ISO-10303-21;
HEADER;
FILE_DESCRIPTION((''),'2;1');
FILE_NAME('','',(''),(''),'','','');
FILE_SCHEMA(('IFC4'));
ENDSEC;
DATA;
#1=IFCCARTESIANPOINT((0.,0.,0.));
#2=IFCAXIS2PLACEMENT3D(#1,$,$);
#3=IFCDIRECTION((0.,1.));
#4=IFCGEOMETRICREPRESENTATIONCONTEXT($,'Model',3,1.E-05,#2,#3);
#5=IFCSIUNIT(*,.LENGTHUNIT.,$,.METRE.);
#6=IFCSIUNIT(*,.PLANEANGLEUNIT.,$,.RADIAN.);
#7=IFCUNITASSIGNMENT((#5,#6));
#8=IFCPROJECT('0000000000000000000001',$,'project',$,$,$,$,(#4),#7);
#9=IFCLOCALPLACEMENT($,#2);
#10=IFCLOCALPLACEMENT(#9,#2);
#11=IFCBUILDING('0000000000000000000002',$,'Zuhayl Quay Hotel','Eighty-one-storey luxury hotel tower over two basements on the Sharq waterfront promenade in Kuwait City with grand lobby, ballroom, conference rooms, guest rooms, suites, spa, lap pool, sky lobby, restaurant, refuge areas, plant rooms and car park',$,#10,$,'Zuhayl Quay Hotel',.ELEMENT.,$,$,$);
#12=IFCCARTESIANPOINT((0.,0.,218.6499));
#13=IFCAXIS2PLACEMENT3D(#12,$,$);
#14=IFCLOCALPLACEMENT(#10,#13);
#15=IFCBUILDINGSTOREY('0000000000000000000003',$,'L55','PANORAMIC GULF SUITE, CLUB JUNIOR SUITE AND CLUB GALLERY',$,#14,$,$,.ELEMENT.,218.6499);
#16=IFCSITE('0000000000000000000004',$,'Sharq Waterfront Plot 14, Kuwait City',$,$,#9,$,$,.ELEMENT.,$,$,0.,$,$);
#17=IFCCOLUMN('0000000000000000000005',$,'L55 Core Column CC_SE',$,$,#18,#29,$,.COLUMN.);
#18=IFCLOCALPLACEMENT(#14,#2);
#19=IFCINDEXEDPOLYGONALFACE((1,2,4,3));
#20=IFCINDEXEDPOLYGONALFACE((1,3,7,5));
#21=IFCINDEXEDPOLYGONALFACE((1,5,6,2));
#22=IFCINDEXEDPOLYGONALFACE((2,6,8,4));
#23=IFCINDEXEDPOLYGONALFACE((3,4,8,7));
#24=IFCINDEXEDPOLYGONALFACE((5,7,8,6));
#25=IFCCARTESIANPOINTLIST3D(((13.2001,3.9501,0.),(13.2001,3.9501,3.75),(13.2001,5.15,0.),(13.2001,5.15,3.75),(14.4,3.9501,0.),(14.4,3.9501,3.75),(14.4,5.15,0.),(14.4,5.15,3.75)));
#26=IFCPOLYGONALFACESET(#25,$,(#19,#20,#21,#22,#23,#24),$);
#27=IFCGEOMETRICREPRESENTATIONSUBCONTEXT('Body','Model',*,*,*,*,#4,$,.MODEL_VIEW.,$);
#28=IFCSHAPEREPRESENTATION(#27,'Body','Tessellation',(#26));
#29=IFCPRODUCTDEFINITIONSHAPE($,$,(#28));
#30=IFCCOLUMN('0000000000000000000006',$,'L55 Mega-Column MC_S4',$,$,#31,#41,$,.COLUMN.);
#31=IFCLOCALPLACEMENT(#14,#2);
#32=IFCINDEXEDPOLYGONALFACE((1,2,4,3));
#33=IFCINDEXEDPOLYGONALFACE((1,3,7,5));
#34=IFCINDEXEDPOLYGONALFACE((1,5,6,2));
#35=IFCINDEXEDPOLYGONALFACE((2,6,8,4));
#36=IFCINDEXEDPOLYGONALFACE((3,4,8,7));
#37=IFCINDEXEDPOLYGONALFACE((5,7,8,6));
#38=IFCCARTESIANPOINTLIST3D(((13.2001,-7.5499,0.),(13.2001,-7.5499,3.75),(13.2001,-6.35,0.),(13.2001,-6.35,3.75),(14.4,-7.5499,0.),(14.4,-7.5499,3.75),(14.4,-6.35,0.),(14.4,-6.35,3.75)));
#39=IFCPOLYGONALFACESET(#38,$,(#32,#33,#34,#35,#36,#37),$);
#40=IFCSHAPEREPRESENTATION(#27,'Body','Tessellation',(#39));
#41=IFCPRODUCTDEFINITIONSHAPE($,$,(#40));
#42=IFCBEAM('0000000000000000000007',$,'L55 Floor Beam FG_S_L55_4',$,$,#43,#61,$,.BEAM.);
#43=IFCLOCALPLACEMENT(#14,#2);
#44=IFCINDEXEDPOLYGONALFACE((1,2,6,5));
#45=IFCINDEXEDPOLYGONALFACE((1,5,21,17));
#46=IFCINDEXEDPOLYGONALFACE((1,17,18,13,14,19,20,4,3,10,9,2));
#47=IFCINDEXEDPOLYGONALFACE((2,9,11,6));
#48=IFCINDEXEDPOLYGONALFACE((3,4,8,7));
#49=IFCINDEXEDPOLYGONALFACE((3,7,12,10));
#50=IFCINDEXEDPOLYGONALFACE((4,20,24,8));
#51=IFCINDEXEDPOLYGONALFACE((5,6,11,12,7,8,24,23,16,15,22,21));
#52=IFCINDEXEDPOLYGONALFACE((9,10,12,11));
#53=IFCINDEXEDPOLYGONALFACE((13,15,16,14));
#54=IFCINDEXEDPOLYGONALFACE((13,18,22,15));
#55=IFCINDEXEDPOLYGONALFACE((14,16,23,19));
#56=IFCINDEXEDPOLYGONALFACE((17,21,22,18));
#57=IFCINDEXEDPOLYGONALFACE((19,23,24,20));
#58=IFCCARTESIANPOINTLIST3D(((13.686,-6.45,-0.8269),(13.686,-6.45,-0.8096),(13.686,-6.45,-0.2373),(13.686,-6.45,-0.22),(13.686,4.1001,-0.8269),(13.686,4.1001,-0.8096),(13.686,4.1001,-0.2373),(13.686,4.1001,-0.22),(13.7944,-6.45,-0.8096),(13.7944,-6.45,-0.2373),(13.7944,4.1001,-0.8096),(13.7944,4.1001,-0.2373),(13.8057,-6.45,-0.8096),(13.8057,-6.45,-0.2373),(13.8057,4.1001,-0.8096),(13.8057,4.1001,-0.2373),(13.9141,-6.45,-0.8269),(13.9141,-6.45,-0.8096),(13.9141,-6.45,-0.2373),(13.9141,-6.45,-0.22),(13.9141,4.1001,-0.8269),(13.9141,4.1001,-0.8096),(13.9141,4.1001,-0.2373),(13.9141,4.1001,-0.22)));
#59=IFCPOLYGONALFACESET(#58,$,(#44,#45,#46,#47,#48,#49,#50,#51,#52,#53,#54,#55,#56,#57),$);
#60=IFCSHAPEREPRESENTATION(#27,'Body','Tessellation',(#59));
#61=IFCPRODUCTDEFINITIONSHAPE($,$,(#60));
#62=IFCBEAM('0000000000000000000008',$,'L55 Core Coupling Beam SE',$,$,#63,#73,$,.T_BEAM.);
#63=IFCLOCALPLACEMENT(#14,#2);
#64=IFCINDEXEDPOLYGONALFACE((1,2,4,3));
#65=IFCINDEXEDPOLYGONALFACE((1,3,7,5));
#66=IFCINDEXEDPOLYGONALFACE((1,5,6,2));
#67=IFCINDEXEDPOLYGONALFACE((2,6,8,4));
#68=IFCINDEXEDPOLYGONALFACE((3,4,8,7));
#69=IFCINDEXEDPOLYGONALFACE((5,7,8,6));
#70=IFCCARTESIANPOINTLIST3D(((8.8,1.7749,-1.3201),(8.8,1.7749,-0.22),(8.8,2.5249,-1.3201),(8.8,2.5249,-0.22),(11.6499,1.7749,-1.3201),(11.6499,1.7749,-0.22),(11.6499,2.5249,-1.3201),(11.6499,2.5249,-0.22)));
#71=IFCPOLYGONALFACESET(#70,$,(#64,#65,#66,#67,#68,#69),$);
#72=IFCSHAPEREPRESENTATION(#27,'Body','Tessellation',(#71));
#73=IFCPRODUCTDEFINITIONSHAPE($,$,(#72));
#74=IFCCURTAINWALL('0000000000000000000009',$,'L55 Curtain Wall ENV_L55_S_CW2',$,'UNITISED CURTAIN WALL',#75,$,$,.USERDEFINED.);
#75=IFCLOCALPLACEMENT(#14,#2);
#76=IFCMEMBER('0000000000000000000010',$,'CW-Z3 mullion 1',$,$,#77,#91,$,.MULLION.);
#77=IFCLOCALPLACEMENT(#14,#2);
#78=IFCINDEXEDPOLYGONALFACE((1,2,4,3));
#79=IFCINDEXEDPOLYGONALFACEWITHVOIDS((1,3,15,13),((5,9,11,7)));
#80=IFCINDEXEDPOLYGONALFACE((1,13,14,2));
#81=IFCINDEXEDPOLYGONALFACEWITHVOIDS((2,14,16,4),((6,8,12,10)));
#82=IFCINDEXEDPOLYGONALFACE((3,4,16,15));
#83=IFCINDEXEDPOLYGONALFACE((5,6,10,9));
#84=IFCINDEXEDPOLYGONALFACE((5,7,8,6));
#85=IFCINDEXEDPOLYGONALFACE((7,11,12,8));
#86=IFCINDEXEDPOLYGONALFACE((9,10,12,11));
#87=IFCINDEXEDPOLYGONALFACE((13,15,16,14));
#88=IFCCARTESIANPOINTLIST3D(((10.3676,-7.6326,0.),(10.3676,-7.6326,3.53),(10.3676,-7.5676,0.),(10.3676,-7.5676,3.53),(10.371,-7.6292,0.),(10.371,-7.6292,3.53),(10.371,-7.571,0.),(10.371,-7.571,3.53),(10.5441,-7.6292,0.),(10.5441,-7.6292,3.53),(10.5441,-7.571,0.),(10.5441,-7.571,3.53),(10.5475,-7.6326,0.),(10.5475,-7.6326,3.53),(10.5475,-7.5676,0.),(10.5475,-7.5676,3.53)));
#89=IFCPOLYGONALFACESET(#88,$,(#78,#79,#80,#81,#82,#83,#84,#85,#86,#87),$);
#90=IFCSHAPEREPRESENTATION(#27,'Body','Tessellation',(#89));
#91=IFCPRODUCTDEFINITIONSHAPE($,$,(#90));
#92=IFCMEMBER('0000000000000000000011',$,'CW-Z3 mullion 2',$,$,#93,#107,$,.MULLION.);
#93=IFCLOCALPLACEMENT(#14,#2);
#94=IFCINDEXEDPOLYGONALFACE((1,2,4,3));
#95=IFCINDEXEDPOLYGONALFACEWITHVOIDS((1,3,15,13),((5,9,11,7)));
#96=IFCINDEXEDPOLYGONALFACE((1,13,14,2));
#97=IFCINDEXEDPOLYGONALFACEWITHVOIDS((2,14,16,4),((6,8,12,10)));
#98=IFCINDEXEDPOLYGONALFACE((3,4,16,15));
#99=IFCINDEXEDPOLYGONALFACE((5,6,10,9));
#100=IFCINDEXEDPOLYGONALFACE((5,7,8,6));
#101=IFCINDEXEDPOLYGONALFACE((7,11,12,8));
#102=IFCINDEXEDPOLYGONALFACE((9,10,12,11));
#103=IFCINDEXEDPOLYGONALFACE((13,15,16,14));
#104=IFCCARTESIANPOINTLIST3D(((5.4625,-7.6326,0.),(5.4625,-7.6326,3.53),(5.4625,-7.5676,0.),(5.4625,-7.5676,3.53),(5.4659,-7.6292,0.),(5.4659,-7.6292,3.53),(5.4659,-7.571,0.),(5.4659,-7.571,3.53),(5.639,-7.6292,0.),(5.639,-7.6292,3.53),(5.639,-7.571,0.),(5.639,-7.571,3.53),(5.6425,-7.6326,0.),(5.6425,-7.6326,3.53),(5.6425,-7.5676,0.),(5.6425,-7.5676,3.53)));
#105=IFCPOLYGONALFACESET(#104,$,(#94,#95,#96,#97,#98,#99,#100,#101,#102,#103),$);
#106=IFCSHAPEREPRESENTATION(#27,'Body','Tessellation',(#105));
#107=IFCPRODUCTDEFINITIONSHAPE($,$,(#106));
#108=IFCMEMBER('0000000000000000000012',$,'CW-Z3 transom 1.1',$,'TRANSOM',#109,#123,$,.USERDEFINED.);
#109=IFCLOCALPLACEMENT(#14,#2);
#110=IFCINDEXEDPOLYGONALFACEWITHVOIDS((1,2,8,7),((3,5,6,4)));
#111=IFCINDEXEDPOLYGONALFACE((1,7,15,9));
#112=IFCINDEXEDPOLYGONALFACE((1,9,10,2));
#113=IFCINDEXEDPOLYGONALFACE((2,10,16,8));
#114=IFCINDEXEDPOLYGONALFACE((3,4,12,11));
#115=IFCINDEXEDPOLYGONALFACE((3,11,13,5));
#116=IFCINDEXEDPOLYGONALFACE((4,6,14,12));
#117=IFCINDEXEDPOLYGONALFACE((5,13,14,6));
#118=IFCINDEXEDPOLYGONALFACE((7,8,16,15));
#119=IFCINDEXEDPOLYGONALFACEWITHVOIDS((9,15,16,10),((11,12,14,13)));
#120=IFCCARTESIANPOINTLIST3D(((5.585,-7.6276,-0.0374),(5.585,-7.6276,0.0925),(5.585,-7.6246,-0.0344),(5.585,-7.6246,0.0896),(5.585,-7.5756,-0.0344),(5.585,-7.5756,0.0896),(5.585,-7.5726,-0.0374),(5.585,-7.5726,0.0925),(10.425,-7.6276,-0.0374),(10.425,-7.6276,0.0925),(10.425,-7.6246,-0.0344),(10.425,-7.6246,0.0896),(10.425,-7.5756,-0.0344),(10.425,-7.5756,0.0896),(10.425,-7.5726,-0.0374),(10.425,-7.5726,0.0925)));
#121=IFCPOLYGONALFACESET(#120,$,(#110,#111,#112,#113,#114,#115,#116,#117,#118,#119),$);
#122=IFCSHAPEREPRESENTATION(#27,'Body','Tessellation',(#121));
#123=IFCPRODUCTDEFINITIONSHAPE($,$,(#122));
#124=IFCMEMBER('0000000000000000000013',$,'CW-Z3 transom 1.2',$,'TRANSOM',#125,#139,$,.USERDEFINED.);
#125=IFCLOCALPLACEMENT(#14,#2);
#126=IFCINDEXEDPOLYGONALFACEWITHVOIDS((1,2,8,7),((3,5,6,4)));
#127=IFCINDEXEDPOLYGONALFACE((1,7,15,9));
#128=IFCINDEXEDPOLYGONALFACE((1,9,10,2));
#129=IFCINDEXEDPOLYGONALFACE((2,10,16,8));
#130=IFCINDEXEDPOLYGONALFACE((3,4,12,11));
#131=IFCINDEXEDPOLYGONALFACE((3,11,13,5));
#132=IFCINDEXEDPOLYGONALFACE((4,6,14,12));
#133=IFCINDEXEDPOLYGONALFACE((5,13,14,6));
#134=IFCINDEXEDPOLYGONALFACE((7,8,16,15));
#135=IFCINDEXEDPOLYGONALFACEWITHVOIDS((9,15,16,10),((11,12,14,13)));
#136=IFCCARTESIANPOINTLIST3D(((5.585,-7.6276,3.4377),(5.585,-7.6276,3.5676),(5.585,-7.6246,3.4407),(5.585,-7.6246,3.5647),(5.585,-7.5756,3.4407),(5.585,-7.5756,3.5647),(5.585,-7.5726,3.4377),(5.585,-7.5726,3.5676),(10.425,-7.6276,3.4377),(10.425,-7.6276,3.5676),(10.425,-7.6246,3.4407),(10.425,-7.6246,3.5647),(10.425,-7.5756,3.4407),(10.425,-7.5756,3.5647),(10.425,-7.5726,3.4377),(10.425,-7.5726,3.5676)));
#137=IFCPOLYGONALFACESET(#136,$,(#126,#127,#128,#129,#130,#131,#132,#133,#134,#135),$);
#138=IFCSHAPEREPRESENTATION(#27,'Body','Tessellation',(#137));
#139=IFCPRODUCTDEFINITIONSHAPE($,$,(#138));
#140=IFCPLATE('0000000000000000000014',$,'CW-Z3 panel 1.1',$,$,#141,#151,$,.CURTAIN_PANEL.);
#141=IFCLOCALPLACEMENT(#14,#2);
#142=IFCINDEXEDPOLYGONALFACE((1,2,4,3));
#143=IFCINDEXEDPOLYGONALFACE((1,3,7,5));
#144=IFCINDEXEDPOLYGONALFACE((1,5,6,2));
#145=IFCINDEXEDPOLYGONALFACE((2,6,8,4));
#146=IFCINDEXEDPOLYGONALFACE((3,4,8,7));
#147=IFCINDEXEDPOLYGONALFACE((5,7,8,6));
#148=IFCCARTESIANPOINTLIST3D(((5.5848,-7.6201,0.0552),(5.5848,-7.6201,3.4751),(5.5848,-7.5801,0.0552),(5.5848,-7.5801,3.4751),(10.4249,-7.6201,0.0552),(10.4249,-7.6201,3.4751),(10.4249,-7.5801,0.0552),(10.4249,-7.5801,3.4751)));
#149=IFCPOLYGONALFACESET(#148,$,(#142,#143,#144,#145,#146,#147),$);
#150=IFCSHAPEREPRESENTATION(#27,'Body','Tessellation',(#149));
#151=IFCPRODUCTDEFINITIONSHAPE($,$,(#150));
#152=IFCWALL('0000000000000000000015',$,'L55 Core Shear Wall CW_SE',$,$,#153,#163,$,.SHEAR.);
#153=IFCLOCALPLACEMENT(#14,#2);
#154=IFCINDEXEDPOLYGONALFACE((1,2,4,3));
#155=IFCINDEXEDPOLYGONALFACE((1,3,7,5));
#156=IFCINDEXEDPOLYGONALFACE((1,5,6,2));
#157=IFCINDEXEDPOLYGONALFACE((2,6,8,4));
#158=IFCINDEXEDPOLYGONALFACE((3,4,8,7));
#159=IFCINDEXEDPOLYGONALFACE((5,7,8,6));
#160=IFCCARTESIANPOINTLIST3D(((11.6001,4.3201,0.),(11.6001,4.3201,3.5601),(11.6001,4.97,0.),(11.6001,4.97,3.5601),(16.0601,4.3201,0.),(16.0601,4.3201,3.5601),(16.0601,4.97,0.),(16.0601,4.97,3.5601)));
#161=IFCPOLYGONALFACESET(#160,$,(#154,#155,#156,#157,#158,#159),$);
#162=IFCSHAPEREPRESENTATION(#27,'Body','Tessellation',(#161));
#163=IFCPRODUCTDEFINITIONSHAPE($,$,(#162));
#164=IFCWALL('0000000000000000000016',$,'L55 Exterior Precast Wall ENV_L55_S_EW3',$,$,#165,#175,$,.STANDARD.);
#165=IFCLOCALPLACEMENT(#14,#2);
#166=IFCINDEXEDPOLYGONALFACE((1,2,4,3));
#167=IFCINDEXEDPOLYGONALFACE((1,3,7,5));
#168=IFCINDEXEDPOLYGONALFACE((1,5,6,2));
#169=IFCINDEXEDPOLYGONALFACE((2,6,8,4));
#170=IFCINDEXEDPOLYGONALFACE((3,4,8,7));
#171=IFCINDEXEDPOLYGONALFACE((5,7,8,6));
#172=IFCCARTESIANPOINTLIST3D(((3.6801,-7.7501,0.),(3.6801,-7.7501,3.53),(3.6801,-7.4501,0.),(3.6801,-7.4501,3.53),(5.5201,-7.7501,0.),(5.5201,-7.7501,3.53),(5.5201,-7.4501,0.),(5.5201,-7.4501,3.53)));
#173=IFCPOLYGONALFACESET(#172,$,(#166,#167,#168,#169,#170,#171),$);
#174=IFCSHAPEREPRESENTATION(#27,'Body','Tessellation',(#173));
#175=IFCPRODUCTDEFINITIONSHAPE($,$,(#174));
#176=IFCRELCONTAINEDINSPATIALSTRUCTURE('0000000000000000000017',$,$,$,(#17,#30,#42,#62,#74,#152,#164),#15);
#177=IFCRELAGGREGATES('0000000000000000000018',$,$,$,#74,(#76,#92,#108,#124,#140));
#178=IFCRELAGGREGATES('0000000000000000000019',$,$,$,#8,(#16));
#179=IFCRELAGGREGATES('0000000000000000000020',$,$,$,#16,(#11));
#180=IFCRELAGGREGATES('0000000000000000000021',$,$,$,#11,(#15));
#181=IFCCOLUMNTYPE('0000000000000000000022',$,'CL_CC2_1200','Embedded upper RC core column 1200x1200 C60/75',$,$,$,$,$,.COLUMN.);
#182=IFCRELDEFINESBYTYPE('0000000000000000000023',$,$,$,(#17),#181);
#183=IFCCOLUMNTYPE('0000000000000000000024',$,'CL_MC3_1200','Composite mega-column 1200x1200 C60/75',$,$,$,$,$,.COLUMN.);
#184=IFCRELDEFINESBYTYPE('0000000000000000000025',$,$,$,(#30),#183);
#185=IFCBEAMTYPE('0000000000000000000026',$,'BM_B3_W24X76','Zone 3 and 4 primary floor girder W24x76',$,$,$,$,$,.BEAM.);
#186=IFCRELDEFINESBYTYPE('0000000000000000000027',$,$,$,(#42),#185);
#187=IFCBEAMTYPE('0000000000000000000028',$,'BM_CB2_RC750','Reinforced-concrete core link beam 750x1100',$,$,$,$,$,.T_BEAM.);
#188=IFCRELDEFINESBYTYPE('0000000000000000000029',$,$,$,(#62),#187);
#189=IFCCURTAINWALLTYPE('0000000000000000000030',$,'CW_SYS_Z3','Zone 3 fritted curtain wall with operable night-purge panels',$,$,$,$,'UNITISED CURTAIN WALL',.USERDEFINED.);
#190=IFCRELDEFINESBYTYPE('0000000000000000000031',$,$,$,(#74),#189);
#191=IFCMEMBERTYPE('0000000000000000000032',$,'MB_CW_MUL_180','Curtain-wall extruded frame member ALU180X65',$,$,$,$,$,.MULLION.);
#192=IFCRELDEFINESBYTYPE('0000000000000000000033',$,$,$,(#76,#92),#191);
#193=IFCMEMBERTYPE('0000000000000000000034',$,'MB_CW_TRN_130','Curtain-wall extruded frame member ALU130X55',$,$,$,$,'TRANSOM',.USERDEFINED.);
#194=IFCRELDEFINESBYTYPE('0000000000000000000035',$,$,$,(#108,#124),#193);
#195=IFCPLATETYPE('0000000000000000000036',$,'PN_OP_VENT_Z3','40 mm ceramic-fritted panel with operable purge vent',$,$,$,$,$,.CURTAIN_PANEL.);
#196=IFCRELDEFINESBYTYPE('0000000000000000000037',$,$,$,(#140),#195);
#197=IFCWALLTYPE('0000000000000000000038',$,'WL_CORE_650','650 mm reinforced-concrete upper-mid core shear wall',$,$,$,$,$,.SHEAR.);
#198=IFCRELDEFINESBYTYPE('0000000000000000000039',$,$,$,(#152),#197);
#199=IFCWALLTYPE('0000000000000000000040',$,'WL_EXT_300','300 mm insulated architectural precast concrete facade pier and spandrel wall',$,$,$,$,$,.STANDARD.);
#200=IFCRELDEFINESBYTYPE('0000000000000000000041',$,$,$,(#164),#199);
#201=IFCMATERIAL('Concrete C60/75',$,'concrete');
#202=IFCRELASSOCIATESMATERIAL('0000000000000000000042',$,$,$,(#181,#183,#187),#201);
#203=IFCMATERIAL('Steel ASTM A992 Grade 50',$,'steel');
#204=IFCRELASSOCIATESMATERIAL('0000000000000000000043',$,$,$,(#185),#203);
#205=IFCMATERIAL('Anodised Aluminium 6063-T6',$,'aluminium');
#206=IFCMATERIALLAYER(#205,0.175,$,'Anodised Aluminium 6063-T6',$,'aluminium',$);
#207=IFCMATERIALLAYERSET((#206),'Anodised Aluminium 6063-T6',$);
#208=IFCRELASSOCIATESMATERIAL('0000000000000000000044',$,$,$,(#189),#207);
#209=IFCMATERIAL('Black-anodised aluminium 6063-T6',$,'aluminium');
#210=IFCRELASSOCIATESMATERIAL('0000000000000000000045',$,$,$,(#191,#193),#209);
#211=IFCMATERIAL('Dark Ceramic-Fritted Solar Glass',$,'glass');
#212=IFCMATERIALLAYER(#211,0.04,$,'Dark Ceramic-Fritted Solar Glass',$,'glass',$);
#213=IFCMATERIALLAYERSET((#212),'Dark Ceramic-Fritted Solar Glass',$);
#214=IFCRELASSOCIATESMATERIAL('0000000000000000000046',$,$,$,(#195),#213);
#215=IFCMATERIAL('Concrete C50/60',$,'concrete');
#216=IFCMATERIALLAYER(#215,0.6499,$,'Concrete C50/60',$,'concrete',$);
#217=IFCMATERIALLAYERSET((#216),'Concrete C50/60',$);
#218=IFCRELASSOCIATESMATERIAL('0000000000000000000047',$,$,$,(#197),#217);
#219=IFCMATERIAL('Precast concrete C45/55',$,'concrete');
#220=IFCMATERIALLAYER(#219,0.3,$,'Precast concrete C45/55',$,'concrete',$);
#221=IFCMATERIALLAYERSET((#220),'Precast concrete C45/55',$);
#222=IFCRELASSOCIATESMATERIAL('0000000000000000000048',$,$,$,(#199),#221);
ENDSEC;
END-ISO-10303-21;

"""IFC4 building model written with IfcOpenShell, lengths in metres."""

from ifc_helpers import new_model, si_unit, direction, frame, frame_2d, origin, origin_2d, place, context, subcontext, project, spatial, rectangle, hollow_rectangle, i_section, extrude, material, layer, layer_set, material_profile, profile_set, type_object, element, aggregate, save


model = new_model("IFC4")

# Units and contexts
model_context = context("Model", 3, precision=1e-05, world=origin(), true_north=direction((0.0, 1.0)))
body_context = subcontext(model_context, "Body", "Model", "MODEL_VIEW")
ifc_project = project(units=[si_unit("LENGTHUNIT", "METRE"), si_unit("PLANEANGLEUNIT", "RADIAN")], contexts=[model_context])

# Site, building, storey
site_placement = place(None, origin())
site = spatial("IfcSite", under=ifc_project, at=site_placement, Name="Sharq Waterfront Plot 14, Kuwait City", CompositionType="ELEMENT", RefElevation=0.0)
building_placement = place(site_placement, origin())
building = spatial("IfcBuilding", under=site, at=building_placement, Name="Zuhayl Quay Hotel", Description="Eighty-one-storey luxury hotel tower over two basements on the Sharq waterfront promenade in Kuwait City with grand lobby, ballroom, conference rooms, guest rooms, suites, spa, lap pool, sky lobby, restaurant, refuge areas, plant rooms and car park", LongName="Zuhayl Quay Hotel", CompositionType="ELEMENT")
storey_placement = place(building_placement, frame((0.0, 0.0, 218.6499)))
storey = spatial("IfcBuildingStorey", under=building, at=storey_placement, Name="L55", Description="PANORAMIC GULF SUITE, CLUB JUNIOR SUITE AND CLUB GALLERY", CompositionType="ELEMENT", Elevation=218.6499)

# Columns
ifc_material_1 = material(Name="Concrete C60/75", Category="concrete")
ifc_material_profile_1 = material_profile(ifc_material_1, rectangle(XDim=1.2, YDim=1.2, at=origin_2d()), Name="RC1200X1200")
ifc_profile_set_1 = profile_set([ifc_material_profile_1], Name="Concrete C60/75")
column_type_1 = type_object("IfcColumnType", Name="CL_CC2_1200", Description="Embedded upper RC core column 1200x1200 C60/75", PredefinedType="COLUMN", material=ifc_profile_set_1)
column_1_placement = place(storey_placement, frame((13.8, 4.55, 0.0), z_axis=(0.0, 0.0, 1.0), x_axis=(1.0, 0.0, 0.0)))
element("IfcColumn", 1, at=column_1_placement, inside=storey, type_object=column_type_1, Name="L55 Core Column CC_SE", PredefinedType="COLUMN", context=body_context, shape_type="SweptSolid", body=[
    extrude(rectangle(XDim=1.2, YDim=1.2, at=origin_2d()), origin(), (0.0, 0.0, 1.0), 3.75),
])
ifc_material_profile_2 = material_profile(ifc_material_1, rectangle(XDim=1.2, YDim=1.2, at=origin_2d()), Name="RC1200X1200")
ifc_profile_set_2 = profile_set([ifc_material_profile_2], Name="Concrete C60/75")
column_type_2 = type_object("IfcColumnType", Name="CL_MC3_1200", Description="Composite mega-column 1200x1200 C60/75", PredefinedType="COLUMN", material=ifc_profile_set_2)
column_2_placement = place(storey_placement, frame((13.8, -6.95, 0.0), z_axis=(0.0, 0.0, 1.0), x_axis=(1.0, 0.0, 0.0)))
element("IfcColumn", 2, at=column_2_placement, inside=storey, type_object=column_type_2, Name="L55 Mega-Column MC_S4", PredefinedType="COLUMN", context=body_context, shape_type="SweptSolid", body=[
    extrude(rectangle(XDim=1.2, YDim=1.2, at=origin_2d()), origin(), (0.0, 0.0, 1.0), 3.75),
])

# Beams
ifc_material_2 = material(Name="Steel ASTM A992 Grade 50", Category="steel")
ifc_material_profile_3 = material_profile(ifc_material_2, i_section(OverallWidth=0.228, OverallDepth=0.6069, WebThickness=0.0112, FlangeThickness=0.0173, at=origin_2d()), Name="W24X76")
ifc_profile_set_3 = profile_set([ifc_material_profile_3], Name="Steel ASTM A992 Grade 50")
beam_type_1 = type_object("IfcBeamType", Name="BM_B3_W24X76", Description="Zone 3 and 4 primary floor girder W24x76", PredefinedType="BEAM", material=ifc_profile_set_3)
beam_1_placement = place(storey_placement, frame((13.8, -6.45, -0.5234), z_axis=(0.0, 1.0, 0.0), x_axis=(-1.0, 0.0, 0.0)))
element("IfcBeam", 3, at=beam_1_placement, inside=storey, type_object=beam_type_1, Name="L55 Floor Beam FG_S_L55_4", PredefinedType="BEAM", context=body_context, shape_type="SweptSolid", body=[
    extrude(i_section(OverallWidth=0.228, OverallDepth=0.6069, WebThickness=0.0112, FlangeThickness=0.0173, at=origin_2d()), origin(), (0.0, 0.0, 1.0), 10.55),
])
ifc_material_profile_4 = material_profile(ifc_material_1, rectangle(XDim=0.75, YDim=1.1001, at=origin_2d()), Name="RC750X1100")
ifc_profile_set_4 = profile_set([ifc_material_profile_4], Name="Concrete C60/75")
beam_type_2 = type_object("IfcBeamType", Name="BM_CB2_RC750", Description="Reinforced-concrete core link beam 750x1100", PredefinedType="T_BEAM", material=ifc_profile_set_4)
beam_2_placement = place(storey_placement, frame((8.8, 2.1499, -0.77), z_axis=(1.0, 0.0, 0.0), x_axis=(0.0, 1.0, 0.0)))
element("IfcBeam", 4, at=beam_2_placement, inside=storey, type_object=beam_type_2, Name="L55 Core Coupling Beam SE", PredefinedType="T_BEAM", context=body_context, shape_type="SweptSolid", body=[
    extrude(rectangle(XDim=0.75, YDim=1.1001, at=origin_2d()), origin(), (0.0, 0.0, 1.0), 2.8499),
])

# Curtain wall, members, plate
ifc_material_3 = material(Name="Anodised Aluminium 6063-T6", Category="aluminium")
ifc_layer_1 = layer(ifc_material_3, 0.175, Name="Anodised Aluminium 6063-T6", Category="aluminium")
ifc_layer_set_1 = layer_set([ifc_layer_1], Name="Anodised Aluminium 6063-T6")
curtain_wall_type = type_object("IfcCurtainWallType", Name="CW_SYS_Z3", Description="Zone 3 fritted curtain wall with operable night-purge panels", ElementType="UNITISED CURTAIN WALL", PredefinedType="USERDEFINED", material=ifc_layer_set_1)
curtain_wall_placement = place(storey_placement, origin())
curtain_wall = element("IfcCurtainWall", 5, at=curtain_wall_placement, inside=storey, type_object=curtain_wall_type, Name="L55 Curtain Wall ENV_L55_S_CW2", ObjectType="UNITISED CURTAIN WALL", PredefinedType="USERDEFINED")
ifc_material_4 = material(Name="Black-anodised aluminium 6063-T6", Category="aluminium")
ifc_material_profile_5 = material_profile(ifc_material_4, hollow_rectangle(XDim=0.0649, YDim=0.1799, WallThickness=0.0034, at=origin_2d()), Name="ALU180X65")
ifc_profile_set_5 = profile_set([ifc_material_profile_5], Name="Black-anodised aluminium 6063-T6")
member_type_1 = type_object("IfcMemberType", Name="MB_CW_MUL_180", Description="Curtain-wall extruded frame member ALU180X65", PredefinedType="MULLION", material=ifc_profile_set_5)
member_1_placement = place(storey_placement, frame((10.4575, -7.6001, 0.0), z_axis=(0.0, 0.0, 1.0), x_axis=(0.0, -1.0, 0.0)))
member_1 = element("IfcMember", 6, at=member_1_placement, type_object=member_type_1, Name="CW-Z3 mullion 1", PredefinedType="MULLION", context=body_context, shape_type="SweptSolid", body=[
    extrude(hollow_rectangle(XDim=0.0649, YDim=0.1799, WallThickness=0.0034, at=origin_2d()), origin(), (0.0, 0.0, 1.0), 3.53),
])
member_2_placement = place(storey_placement, frame((5.5525, -7.6001, 0.0), z_axis=(0.0, 0.0, 1.0), x_axis=(0.0, -1.0, 0.0)))
member_2 = element("IfcMember", 7, at=member_2_placement, type_object=member_type_1, Name="CW-Z3 mullion 2", PredefinedType="MULLION", context=body_context, shape_type="SweptSolid", body=[
    extrude(hollow_rectangle(XDim=0.0649, YDim=0.1799, WallThickness=0.0034, at=origin_2d()), origin(), (0.0, 0.0, 1.0), 3.53),
])
ifc_material_profile_6 = material_profile(ifc_material_4, hollow_rectangle(XDim=0.0549, YDim=0.1299, WallThickness=0.0029, at=origin_2d()), Name="ALU130X55")
ifc_profile_set_6 = profile_set([ifc_material_profile_6], Name="Black-anodised aluminium 6063-T6")
member_type_2 = type_object("IfcMemberType", Name="MB_CW_TRN_130", Description="Curtain-wall extruded frame member ALU130X55", ElementType="TRANSOM", PredefinedType="USERDEFINED", material=ifc_profile_set_6)
member_3_placement = place(storey_placement, frame((10.425, -7.6001, 0.0276), z_axis=(-1.0, 0.0, 0.0), x_axis=(0.0, -1.0, 0.0)))
member_3 = element("IfcMember", 8, at=member_3_placement, type_object=member_type_2, Name="CW-Z3 transom 1.1", ObjectType="TRANSOM", PredefinedType="USERDEFINED", context=body_context, shape_type="SweptSolid", body=[
    extrude(hollow_rectangle(XDim=0.0549, YDim=0.1299, WallThickness=0.0029, at=origin_2d()), origin(), (0.0, 0.0, 1.0), 4.8401),
])
member_4_placement = place(storey_placement, frame((10.425, -7.6001, 3.5027), z_axis=(-1.0, 0.0, 0.0), x_axis=(0.0, -1.0, 0.0)))
member_4 = element("IfcMember", 9, at=member_4_placement, type_object=member_type_2, Name="CW-Z3 transom 1.2", ObjectType="TRANSOM", PredefinedType="USERDEFINED", context=body_context, shape_type="SweptSolid", body=[
    extrude(hollow_rectangle(XDim=0.0549, YDim=0.1299, WallThickness=0.0029, at=origin_2d()), origin(), (0.0, 0.0, 1.0), 4.8401),
])
ifc_material_5 = material(Name="Dark Ceramic-Fritted Solar Glass", Category="glass")
ifc_layer_2 = layer(ifc_material_5, 0.04, Name="Dark Ceramic-Fritted Solar Glass", Category="glass")
ifc_layer_set_2 = layer_set([ifc_layer_2], Name="Dark Ceramic-Fritted Solar Glass")
plate_type = type_object("IfcPlateType", Name="PN_OP_VENT_Z3", Description="40 mm ceramic-fritted panel with operable purge vent", PredefinedType="CURTAIN_PANEL", material=ifc_layer_set_2)
plate_placement = place(storey_placement, frame((8.0049, -7.6001, 0.0552), z_axis=(0.0, 0.0, 1.0), x_axis=(-1.0, 0.0, 0.0)))
plate = element("IfcPlate", 10, at=plate_placement, type_object=plate_type, Name="CW-Z3 panel 1.1", PredefinedType="CURTAIN_PANEL", context=body_context, shape_type="SweptSolid", body=[
    extrude(rectangle(XDim=4.8401, YDim=0.04, at=origin_2d()), origin(), (0.0, 0.0, 1.0), 3.4199),
])
aggregate(curtain_wall, [member_1, member_2, member_3, member_4, plate])

# Walls
ifc_material_6 = material(Name="Concrete C50/60", Category="concrete")
ifc_layer_3 = layer(ifc_material_6, 0.6499, Name="Concrete C50/60", Category="concrete")
ifc_layer_set_3 = layer_set([ifc_layer_3], Name="Concrete C50/60")
wall_type_1 = type_object("IfcWallType", Name="WL_CORE_650", Description="650 mm reinforced-concrete upper-mid core shear wall", PredefinedType="SHEAR", material=ifc_layer_set_3)
wall_1_placement = place(storey_placement, frame((11.6001, 4.645, 0.0), z_axis=(0.0, 0.0, 1.0), x_axis=(1.0, 0.0, 0.0)))
element("IfcWall", 11, at=wall_1_placement, inside=storey, type_object=wall_type_1, Name="L55 Core Shear Wall CW_SE", PredefinedType="SHEAR", context=body_context, shape_type="SweptSolid", body=[
    extrude(rectangle(XDim=4.46, YDim=0.6499, at=frame_2d((2.23, 0.0))), origin(), (0.0, 0.0, 1.0), 3.5601),
])
ifc_material_7 = material(Name="Precast concrete C45/55", Category="concrete")
ifc_layer_4 = layer(ifc_material_7, 0.3, Name="Precast concrete C45/55", Category="concrete")
ifc_layer_set_4 = layer_set([ifc_layer_4], Name="Precast concrete C45/55")
wall_type_2 = type_object("IfcWallType", Name="WL_EXT_300", Description="300 mm insulated architectural precast concrete facade pier and spandrel wall", PredefinedType="STANDARD", material=ifc_layer_set_4)
wall_2_placement = place(storey_placement, frame((5.52, -7.6001, 0.0), z_axis=(0.0, 0.0, 1.0), x_axis=(-1.0, 0.0, 0.0)))
element("IfcWall", 12, at=wall_2_placement, inside=storey, type_object=wall_type_2, Name="L55 Exterior Precast Wall ENV_L55_S_EW3", PredefinedType="STANDARD", context=body_context, shape_type="SweptSolid", body=[
    extrude(rectangle(XDim=1.8401, YDim=0.3, at=frame_2d((0.9199, 0.0))), origin(), (0.0, 0.0, 1.0), 3.53),
])

save(model, "model.ifc")
